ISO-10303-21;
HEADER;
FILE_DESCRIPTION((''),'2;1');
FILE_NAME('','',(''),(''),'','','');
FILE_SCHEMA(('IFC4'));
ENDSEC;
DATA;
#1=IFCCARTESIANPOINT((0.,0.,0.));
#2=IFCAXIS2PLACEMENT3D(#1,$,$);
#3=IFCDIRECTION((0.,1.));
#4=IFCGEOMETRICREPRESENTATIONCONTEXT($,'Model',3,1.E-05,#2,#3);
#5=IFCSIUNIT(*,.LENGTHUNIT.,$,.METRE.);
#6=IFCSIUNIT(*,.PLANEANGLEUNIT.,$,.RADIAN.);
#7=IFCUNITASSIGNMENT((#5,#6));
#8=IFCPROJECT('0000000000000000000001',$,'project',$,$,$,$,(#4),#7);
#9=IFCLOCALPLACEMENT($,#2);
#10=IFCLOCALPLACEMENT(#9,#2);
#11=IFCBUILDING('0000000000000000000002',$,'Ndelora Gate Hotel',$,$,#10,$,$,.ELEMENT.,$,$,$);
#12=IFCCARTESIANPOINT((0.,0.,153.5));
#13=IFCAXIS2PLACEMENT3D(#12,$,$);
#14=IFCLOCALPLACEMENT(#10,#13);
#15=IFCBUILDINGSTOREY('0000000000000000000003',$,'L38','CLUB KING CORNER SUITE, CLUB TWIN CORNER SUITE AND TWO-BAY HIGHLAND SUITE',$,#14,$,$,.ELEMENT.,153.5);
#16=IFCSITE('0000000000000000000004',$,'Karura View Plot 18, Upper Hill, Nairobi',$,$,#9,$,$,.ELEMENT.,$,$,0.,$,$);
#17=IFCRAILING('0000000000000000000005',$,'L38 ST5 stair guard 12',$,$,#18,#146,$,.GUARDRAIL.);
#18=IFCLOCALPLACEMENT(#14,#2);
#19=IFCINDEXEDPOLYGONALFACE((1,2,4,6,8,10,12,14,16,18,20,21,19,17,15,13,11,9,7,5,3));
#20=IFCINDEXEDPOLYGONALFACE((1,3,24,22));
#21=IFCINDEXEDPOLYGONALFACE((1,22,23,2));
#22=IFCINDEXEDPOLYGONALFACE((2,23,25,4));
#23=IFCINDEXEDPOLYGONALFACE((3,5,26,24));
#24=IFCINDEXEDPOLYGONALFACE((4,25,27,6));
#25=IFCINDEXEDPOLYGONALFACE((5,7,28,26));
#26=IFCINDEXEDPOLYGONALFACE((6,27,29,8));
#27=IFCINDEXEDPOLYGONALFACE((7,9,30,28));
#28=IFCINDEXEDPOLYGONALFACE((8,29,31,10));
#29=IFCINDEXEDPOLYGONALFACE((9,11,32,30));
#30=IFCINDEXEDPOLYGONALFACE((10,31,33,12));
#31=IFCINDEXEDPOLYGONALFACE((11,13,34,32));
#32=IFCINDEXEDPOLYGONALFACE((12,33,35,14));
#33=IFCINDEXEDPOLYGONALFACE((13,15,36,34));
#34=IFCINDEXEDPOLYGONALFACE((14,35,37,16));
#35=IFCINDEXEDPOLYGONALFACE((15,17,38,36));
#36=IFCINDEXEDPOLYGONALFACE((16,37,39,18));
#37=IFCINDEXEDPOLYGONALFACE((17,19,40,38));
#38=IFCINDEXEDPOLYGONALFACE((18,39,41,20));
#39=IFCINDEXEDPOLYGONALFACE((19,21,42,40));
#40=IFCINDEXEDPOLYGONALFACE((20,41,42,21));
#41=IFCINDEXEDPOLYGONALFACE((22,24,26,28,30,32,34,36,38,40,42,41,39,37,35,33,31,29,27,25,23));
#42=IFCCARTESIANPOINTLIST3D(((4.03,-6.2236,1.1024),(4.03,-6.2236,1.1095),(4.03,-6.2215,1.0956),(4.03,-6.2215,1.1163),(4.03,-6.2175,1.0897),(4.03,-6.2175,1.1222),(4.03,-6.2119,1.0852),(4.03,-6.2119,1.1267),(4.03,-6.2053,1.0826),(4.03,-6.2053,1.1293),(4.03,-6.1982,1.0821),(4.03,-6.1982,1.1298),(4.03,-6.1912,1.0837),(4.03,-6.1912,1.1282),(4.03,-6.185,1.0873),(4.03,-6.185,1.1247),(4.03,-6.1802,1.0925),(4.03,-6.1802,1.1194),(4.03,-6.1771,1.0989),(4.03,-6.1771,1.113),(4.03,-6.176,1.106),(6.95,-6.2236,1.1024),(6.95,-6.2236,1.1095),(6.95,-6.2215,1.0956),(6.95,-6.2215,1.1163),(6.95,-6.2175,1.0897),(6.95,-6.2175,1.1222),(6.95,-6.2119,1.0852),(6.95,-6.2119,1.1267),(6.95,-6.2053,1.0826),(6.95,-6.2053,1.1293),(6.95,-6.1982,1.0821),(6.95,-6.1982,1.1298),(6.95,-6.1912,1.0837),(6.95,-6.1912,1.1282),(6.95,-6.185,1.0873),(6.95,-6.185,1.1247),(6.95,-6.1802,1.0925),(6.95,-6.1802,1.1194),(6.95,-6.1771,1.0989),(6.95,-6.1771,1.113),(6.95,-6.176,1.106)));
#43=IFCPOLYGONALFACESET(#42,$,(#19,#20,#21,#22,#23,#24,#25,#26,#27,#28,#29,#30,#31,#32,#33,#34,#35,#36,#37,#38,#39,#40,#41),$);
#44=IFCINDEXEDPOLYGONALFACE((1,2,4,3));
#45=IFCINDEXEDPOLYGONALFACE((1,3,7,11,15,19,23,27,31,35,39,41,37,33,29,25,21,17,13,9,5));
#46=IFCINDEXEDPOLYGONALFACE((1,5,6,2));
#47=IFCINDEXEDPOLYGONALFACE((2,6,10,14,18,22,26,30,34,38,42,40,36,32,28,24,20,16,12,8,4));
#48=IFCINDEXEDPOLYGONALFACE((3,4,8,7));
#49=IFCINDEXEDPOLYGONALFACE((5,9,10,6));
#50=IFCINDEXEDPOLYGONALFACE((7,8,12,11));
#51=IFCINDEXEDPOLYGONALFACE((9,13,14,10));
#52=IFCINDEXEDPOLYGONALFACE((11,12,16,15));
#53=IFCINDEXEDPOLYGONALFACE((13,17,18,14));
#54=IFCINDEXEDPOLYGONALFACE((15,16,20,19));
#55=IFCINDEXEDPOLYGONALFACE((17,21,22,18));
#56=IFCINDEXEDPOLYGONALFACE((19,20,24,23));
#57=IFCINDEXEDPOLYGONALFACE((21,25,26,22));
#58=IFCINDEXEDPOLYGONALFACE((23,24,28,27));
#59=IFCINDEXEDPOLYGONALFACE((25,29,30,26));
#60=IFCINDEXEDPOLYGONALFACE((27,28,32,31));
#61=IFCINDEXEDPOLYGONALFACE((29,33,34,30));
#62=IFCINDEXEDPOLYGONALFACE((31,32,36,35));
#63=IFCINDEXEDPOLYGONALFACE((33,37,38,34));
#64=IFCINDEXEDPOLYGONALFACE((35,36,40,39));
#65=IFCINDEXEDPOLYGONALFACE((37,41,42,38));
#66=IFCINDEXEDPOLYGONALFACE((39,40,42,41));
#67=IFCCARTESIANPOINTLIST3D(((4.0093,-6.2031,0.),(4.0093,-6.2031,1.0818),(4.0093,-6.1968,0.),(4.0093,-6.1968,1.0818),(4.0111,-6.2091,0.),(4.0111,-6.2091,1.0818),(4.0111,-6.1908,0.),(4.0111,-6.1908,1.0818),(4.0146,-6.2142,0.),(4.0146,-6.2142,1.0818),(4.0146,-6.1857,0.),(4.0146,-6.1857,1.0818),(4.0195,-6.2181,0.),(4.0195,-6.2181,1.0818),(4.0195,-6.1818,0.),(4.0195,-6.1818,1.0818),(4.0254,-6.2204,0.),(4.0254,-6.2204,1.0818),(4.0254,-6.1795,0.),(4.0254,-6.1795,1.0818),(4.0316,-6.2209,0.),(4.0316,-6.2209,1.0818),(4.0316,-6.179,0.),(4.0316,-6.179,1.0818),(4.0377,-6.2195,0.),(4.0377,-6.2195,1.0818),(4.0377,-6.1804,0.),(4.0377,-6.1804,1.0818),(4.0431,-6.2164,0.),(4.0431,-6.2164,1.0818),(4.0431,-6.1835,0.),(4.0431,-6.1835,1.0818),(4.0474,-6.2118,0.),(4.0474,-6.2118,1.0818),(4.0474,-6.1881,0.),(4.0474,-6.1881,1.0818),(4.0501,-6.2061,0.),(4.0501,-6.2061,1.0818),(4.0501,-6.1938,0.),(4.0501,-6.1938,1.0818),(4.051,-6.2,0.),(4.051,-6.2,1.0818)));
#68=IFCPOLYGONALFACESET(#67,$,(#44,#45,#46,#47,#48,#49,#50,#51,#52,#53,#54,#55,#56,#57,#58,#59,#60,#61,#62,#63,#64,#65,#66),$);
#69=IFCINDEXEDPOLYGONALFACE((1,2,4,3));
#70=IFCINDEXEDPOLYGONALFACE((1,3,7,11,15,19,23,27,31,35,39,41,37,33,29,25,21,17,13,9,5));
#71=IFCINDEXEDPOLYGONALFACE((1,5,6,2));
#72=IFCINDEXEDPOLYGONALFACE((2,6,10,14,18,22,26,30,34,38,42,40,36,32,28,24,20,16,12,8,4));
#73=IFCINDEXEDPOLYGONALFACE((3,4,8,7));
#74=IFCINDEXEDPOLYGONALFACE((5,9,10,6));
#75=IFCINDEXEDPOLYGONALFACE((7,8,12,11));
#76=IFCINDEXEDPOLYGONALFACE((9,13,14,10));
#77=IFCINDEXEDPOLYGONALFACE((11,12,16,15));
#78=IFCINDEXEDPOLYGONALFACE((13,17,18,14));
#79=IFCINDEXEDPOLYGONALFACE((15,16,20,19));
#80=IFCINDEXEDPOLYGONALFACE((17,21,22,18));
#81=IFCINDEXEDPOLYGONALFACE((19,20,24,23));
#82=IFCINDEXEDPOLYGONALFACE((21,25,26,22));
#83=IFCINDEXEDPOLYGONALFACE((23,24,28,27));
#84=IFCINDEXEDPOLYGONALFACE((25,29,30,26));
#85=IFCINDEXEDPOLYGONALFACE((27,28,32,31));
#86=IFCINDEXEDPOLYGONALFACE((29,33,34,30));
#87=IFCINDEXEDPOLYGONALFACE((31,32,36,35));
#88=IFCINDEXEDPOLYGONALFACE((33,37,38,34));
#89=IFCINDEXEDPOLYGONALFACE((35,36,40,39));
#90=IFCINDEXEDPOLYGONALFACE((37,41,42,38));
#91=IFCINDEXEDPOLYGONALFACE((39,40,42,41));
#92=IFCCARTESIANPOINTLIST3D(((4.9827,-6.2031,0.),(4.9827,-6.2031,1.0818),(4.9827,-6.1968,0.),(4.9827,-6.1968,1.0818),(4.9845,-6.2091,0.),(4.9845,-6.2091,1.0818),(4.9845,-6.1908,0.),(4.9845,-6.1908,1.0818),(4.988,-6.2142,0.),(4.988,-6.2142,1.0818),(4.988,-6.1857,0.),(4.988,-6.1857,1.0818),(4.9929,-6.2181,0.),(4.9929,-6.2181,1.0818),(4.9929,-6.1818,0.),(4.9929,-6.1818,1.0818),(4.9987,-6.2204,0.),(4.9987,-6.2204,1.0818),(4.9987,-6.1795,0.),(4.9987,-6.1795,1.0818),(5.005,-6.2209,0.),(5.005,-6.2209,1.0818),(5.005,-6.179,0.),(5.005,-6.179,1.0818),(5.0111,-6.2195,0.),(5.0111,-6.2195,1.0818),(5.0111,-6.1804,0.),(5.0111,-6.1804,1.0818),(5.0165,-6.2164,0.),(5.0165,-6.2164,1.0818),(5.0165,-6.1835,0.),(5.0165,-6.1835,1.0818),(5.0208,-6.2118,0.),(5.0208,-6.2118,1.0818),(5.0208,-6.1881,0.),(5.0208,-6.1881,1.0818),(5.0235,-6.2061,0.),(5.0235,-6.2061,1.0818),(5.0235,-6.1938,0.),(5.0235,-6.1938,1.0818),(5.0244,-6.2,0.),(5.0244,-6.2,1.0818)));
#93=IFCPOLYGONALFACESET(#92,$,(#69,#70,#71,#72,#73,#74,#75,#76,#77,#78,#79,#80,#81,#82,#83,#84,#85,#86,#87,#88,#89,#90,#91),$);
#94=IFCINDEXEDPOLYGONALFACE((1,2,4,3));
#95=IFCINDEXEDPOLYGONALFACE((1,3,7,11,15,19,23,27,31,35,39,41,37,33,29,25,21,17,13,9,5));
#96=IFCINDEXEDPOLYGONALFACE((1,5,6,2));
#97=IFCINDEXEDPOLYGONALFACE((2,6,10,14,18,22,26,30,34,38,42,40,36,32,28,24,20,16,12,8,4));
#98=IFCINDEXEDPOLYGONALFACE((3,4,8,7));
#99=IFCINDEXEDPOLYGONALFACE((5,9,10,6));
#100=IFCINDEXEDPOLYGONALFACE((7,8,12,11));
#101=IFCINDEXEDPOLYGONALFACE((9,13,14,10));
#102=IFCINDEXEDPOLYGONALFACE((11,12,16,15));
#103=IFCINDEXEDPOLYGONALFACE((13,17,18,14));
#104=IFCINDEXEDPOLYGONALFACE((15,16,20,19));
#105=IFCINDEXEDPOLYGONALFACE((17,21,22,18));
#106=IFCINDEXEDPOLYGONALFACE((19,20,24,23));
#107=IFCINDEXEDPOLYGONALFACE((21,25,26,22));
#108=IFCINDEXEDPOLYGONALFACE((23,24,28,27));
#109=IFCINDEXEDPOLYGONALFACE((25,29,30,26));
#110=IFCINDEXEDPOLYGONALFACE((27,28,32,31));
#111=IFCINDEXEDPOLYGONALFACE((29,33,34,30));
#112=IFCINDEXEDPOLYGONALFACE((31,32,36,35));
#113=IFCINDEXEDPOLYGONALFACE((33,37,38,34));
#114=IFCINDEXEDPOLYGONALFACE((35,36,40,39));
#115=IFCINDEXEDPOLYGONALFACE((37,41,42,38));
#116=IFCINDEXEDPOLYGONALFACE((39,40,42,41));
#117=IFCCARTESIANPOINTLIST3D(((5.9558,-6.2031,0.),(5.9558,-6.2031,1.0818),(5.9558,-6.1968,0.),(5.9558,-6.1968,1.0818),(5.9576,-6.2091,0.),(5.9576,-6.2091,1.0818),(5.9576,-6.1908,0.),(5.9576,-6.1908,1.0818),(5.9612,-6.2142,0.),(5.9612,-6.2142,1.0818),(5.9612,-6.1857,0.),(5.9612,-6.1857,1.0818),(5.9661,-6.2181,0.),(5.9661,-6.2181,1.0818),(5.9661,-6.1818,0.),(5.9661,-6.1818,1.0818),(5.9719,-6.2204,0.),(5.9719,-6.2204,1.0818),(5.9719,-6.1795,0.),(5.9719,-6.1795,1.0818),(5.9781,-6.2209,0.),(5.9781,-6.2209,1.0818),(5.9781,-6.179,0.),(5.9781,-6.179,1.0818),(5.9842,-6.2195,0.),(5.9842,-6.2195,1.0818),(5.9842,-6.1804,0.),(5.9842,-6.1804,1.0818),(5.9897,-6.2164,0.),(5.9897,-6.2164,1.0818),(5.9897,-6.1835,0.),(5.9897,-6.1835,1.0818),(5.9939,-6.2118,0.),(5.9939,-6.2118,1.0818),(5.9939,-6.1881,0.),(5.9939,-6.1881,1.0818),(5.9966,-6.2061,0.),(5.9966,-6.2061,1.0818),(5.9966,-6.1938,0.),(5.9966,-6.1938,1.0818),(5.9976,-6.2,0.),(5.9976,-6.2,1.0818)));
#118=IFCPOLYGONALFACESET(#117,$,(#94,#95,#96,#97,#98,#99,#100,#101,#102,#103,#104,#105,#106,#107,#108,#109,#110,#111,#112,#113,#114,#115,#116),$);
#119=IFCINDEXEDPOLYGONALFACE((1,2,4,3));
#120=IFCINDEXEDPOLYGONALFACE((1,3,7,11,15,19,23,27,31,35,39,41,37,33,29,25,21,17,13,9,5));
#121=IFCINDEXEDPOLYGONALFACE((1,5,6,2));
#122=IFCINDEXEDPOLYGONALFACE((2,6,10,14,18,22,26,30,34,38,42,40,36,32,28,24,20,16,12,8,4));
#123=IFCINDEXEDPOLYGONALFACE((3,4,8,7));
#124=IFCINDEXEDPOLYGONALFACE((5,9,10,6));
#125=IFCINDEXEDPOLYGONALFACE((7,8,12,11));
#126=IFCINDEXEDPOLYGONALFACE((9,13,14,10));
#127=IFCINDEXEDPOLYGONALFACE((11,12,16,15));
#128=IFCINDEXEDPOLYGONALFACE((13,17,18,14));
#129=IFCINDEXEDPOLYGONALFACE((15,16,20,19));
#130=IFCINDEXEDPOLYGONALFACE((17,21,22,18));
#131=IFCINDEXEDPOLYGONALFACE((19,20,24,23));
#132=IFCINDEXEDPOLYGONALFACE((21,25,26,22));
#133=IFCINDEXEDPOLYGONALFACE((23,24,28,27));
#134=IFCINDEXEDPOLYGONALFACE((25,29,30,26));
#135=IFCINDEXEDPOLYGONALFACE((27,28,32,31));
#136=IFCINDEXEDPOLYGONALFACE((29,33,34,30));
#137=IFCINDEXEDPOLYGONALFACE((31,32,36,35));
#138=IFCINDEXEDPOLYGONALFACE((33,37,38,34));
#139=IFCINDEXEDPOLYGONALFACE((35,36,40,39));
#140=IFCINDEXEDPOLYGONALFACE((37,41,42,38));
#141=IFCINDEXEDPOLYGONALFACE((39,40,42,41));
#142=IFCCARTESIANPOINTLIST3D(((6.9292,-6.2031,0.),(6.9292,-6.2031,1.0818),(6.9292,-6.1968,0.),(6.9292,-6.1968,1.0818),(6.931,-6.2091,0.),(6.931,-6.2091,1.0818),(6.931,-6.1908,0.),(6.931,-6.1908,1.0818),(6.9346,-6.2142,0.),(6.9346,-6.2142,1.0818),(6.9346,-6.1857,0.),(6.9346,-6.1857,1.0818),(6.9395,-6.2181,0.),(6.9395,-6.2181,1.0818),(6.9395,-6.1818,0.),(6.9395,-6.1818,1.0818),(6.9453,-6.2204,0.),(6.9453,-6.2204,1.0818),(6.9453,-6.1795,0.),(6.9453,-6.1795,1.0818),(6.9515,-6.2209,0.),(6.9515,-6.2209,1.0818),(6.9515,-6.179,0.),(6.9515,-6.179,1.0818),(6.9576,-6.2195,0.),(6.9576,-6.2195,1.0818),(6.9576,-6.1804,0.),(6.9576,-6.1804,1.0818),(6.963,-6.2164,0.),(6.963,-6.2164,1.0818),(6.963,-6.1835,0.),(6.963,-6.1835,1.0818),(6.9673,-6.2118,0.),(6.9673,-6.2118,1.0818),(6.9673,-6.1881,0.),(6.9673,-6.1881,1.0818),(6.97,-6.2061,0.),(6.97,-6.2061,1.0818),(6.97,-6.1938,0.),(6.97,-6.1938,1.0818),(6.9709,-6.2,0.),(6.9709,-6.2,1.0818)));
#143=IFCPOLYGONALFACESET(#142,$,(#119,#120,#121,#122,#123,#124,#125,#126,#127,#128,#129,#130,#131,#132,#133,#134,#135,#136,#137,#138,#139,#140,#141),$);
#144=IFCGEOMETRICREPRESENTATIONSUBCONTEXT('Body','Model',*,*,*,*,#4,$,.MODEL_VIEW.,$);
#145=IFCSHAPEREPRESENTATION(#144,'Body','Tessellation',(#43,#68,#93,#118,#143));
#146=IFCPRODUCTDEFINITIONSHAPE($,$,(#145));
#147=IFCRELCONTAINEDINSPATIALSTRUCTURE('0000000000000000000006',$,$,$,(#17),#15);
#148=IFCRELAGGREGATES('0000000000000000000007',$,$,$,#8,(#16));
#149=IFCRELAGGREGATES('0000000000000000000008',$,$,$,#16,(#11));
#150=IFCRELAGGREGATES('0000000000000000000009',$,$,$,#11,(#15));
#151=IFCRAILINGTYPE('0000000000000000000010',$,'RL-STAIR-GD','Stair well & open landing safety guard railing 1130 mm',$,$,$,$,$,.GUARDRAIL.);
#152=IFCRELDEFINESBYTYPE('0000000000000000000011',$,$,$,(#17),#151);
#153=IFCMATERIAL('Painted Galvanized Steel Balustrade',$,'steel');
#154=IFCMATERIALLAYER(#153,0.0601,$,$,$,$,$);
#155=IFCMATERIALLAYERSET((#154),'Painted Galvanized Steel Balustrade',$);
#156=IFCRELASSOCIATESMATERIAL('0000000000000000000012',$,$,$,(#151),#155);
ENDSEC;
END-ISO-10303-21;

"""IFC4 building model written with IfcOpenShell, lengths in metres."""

from ifc_helpers import new_model, si_unit, direction, frame, origin, origin_2d, place, context, subcontext, project, spatial, circle, extrude, material, layer, layer_set, type_object, element, save


model = new_model("IFC4")

# Units and contexts
model_context = context("Model", 3, precision=1e-05, world=origin(), true_north=direction((0.0, 1.0)))
body_context = subcontext(model_context, "Body", "Model", "MODEL_VIEW")
ifc_project = project(units=[si_unit("LENGTHUNIT", "METRE"), si_unit("PLANEANGLEUNIT", "RADIAN")], contexts=[model_context])

# Site, building, storey
site_placement = place(None, origin())
site = spatial("IfcSite", under=ifc_project, at=site_placement, Name="Karura View Plot 18, Upper Hill, Nairobi", CompositionType="ELEMENT", RefElevation=0.0)
building_placement = place(site_placement, origin())
building = spatial("IfcBuilding", under=site, at=building_placement, Name="Ndelora Gate Hotel", CompositionType="ELEMENT")
storey_placement = place(building_placement, frame((0.0, 0.0, 153.5)))
storey = spatial("IfcBuildingStorey", under=building, at=storey_placement, Name="L38", Description="CLUB KING CORNER SUITE, CLUB TWIN CORNER SUITE AND TWO-BAY HIGHLAND SUITE", CompositionType="ELEMENT", Elevation=153.5)

# Railing
ifc_material_1 = material(Name="Painted Galvanized Steel Balustrade", Category="steel")
ifc_layer_1 = layer(ifc_material_1, 0.0601)
ifc_layer_set_1 = layer_set([ifc_layer_1], Name="Painted Galvanized Steel Balustrade")
railing_type_1 = type_object("IfcRailingType", Name="RL-STAIR-GD", Description="Stair well & open landing safety guard railing 1130 mm", PredefinedType="GUARDRAIL", material=ifc_layer_set_1)
railing_1_placement = place(storey_placement, frame((4.03, -6.2, 0.0)))
element("IfcRailing", 1, at=railing_1_placement, inside=storey, type_object=railing_type_1, Name="L38 ST5 stair guard 12", PredefinedType="GUARDRAIL", context=body_context, shape_type="SweptSolid", body=[
    extrude(circle(Radius=0.0239, at=origin_2d()), frame((0.0, 0.0, 1.106), z_axis=(1.0, 0.0, 0.0), x_axis=(0.0, 1.0, 0.0)), (0.0, 0.0, 1.0), 2.9199),
    extrude(circle(Radius=0.021, at=origin_2d()), origin(), (0.0, 0.0, 1.0), 1.0818),
    extrude(circle(Radius=0.021, at=origin_2d()), frame((0.9734, 0.0, 0.0)), (0.0, 0.0, 1.0), 1.0818),
    extrude(circle(Radius=0.021, at=origin_2d()), frame((1.9465, 0.0, 0.0)), (0.0, 0.0, 1.0), 1.0818),
    extrude(circle(Radius=0.021, at=origin_2d()), frame((2.9199, 0.0, 0.0)), (0.0, 0.0, 1.0), 1.0818),
])

save(model, "model.ifc")
